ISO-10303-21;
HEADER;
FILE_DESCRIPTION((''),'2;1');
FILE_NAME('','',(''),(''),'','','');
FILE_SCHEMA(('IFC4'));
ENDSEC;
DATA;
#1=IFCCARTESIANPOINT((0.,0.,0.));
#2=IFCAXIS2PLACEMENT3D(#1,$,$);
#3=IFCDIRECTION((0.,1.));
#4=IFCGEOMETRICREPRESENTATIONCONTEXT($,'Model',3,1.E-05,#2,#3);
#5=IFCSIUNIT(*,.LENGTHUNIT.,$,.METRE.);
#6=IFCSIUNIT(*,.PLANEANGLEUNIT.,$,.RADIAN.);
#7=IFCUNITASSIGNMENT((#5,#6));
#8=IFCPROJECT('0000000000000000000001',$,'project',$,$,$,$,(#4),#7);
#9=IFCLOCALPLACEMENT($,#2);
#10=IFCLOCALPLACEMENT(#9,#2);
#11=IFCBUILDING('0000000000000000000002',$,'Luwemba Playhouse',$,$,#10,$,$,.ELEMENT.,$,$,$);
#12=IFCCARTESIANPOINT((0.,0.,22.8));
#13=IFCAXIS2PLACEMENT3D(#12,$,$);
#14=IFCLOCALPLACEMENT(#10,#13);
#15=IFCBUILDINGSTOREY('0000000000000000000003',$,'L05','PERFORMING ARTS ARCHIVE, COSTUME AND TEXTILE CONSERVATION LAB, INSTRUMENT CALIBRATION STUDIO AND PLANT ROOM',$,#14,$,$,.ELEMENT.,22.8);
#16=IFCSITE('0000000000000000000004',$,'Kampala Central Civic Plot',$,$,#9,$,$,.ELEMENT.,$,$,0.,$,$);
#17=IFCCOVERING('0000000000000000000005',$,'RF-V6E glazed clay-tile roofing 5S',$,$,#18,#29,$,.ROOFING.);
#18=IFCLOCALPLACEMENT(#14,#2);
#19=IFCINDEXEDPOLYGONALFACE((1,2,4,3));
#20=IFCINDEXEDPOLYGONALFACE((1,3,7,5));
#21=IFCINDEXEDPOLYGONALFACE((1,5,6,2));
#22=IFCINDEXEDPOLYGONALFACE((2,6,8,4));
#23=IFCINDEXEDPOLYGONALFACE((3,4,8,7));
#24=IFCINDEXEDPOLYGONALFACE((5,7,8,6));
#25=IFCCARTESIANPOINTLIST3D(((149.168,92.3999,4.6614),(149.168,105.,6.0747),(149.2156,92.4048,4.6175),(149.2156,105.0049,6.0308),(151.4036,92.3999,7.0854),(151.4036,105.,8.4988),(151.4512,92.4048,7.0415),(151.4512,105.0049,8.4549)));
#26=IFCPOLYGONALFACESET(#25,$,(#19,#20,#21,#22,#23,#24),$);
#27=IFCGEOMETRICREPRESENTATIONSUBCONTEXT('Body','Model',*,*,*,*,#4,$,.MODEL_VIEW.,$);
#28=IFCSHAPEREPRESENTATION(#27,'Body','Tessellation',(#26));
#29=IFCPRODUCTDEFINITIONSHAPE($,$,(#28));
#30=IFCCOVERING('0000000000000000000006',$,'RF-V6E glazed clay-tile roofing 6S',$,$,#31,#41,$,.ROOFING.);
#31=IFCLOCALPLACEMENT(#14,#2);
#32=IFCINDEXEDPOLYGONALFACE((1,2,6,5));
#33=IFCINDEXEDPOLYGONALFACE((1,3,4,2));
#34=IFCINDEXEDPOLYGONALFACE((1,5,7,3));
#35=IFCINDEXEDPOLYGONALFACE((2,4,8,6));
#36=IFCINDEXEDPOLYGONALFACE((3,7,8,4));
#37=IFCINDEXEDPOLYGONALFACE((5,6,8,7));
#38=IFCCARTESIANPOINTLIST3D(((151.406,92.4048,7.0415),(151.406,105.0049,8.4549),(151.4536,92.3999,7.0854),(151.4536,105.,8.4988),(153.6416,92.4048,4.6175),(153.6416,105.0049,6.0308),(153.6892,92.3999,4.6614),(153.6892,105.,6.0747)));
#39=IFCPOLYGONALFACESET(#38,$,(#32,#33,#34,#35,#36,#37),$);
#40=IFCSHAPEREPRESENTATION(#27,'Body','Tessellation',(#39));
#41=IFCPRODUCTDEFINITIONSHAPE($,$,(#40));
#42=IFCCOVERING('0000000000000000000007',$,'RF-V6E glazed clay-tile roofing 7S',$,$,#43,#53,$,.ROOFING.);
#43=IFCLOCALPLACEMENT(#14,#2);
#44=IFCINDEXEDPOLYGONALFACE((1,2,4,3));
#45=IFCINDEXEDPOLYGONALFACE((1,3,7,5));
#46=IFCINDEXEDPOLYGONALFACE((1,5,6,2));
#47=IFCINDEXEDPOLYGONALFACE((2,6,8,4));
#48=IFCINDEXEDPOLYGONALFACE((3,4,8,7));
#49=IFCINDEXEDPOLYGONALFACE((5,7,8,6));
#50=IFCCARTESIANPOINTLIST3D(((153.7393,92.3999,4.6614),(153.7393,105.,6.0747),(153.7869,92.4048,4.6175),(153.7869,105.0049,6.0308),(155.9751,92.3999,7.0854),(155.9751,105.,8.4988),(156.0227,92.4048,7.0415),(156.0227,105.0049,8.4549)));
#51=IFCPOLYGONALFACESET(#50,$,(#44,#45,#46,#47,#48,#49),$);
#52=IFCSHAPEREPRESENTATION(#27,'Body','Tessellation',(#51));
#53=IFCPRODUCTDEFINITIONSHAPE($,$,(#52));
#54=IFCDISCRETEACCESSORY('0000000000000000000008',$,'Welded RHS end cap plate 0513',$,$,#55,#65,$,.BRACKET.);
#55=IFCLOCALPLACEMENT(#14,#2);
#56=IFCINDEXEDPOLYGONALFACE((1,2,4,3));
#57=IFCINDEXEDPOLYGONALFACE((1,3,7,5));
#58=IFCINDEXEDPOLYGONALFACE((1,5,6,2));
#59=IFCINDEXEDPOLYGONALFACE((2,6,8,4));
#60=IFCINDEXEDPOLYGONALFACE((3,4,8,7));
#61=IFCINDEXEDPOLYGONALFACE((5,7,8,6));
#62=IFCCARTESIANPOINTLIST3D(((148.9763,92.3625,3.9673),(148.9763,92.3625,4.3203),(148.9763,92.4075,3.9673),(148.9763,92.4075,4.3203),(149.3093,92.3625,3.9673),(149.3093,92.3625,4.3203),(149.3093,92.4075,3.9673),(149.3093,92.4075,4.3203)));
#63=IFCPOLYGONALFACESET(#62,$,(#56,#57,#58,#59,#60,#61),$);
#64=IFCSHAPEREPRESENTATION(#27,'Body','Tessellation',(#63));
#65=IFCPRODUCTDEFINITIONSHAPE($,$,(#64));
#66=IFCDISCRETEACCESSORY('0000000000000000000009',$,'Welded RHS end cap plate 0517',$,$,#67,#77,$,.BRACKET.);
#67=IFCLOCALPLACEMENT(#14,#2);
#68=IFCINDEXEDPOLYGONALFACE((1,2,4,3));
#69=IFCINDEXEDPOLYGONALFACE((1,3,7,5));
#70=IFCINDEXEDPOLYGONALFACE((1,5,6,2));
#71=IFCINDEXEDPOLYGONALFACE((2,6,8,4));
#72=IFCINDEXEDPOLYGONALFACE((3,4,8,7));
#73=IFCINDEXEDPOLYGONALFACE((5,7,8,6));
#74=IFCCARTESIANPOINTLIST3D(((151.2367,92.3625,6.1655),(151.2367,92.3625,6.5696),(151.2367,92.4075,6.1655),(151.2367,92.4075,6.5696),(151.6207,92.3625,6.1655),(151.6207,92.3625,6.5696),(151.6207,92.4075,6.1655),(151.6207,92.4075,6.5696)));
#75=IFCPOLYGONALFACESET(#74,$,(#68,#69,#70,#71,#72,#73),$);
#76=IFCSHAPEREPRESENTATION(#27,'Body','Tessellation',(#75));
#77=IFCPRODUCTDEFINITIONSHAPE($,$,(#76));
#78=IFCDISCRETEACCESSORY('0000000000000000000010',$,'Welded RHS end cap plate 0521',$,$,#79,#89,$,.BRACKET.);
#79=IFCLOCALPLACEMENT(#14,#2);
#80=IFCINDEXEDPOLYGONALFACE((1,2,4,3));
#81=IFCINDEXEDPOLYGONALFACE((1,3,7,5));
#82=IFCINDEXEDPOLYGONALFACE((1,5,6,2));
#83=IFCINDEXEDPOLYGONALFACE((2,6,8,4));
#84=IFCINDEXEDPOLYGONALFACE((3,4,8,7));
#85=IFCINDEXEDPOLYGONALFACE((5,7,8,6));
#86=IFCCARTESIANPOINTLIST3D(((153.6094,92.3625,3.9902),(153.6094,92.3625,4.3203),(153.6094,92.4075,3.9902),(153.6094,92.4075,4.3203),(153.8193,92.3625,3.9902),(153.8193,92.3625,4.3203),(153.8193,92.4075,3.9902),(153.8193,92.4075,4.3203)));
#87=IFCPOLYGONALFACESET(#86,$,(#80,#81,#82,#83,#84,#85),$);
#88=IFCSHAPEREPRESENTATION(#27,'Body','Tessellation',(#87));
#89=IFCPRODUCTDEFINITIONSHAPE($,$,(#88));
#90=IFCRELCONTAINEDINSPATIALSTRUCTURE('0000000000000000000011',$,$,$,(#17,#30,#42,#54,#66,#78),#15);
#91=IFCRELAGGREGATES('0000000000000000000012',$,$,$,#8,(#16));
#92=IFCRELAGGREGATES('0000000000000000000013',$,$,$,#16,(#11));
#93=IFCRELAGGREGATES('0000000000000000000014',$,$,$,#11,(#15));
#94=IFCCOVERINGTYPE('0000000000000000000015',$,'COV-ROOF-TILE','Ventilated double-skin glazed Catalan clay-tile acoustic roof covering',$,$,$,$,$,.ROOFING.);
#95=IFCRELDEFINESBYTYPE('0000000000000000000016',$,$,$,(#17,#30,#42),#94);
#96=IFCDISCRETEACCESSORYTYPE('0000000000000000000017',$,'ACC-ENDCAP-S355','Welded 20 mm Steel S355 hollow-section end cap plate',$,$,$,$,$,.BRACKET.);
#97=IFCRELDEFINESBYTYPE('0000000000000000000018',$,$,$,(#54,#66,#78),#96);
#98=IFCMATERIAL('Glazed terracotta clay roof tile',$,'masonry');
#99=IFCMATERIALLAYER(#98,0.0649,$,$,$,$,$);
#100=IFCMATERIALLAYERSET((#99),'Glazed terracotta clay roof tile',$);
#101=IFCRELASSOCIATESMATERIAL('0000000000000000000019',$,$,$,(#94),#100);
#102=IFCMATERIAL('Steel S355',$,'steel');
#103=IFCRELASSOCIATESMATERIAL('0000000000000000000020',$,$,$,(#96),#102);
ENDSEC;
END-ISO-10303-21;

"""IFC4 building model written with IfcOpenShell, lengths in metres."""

from ifc_helpers import new_model, si_unit, direction, frame, origin, origin_2d, place, context, subcontext, project, spatial, polyline, rectangle, outline, extrude, material, layer, layer_set, type_object, element, save


model = new_model("IFC4")

# Units and contexts
model_context = context("Model", 3, precision=1e-05, world=origin(), true_north=direction((0.0, 1.0)))
body_context = subcontext(model_context, "Body", "Model", "MODEL_VIEW")
ifc_project = project(units=[si_unit("LENGTHUNIT", "METRE"), si_unit("PLANEANGLEUNIT", "RADIAN")], contexts=[model_context])

# Site, building, storey
site_placement = place(None, origin())
site = spatial("IfcSite", under=ifc_project, at=site_placement, Name="Kampala Central Civic Plot", CompositionType="ELEMENT", RefElevation=0.0)
building_placement = place(site_placement, origin())
building = spatial("IfcBuilding", under=site, at=building_placement, Name="Luwemba Playhouse", CompositionType="ELEMENT")
storey_placement = place(building_placement, frame((0.0, 0.0, 22.8)))
storey = spatial("IfcBuildingStorey", under=building, at=storey_placement, Name="L05", Description="PERFORMING ARTS ARCHIVE, COSTUME AND TEXTILE CONSERVATION LAB, INSTRUMENT CALIBRATION STUDIO AND PLANT ROOM", CompositionType="ELEMENT", Elevation=22.8)

# Shared definitions
ifc_material_1 = material(Name="Steel S355", Category="steel")

# Coverings
ifc_material_2 = material(Name="Glazed terracotta clay roof tile", Category="masonry")
ifc_layer_1 = layer(ifc_material_2, 0.0649)
ifc_layer_set_1 = layer_set([ifc_layer_1], Name="Glazed terracotta clay roof tile")
covering_type = type_object("IfcCoveringType", Name="COV-ROOF-TILE", Description="Ventilated double-skin glazed Catalan clay-tile acoustic roof covering", PredefinedType="ROOFING", material=ifc_layer_set_1)
covering_1_placement = place(storey_placement, frame((149.168, 92.3999, 4.6614), z_axis=(-0.732991, -0.075826, 0.675999), x_axis=(0.677951, 0.0, 0.735107)))
element("IfcCovering", 1, at=covering_1_placement, inside=storey, type_object=covering_type, Name="RF-V6E glazed clay-tile roofing 5S", PredefinedType="ROOFING", context=body_context, shape_type="SweptSolid", body=[
    extrude(outline(polyline([(0.0, 0.0), (3.2976, 0.0), (4.3365, 12.6365), (1.0389, 12.6365), (0.0, 0.0)])), origin(), (0.0, 0.0, -1.0), 0.0649),
])
covering_2_placement = place(storey_placement, frame((151.4536, 92.3999, 7.0854), z_axis=(0.732991, -0.075826, 0.675999), x_axis=(0.677951, 0.0, -0.735107)))
element("IfcCovering", 2, at=covering_2_placement, inside=storey, type_object=covering_type, Name="RF-V6E glazed clay-tile roofing 6S", PredefinedType="ROOFING", context=body_context, shape_type="SweptSolid", body=[
    extrude(outline(polyline([(0.0, 0.0), (3.2976, 0.0), (2.2586, 12.6365), (-1.0389, 12.6365), (0.0, 0.0)])), origin(), (0.0, 0.0, -1.0), 0.0649),
])
covering_3_placement = place(storey_placement, frame((153.7393, 92.3999, 4.6614), z_axis=(-0.732954, -0.07583, 0.676039), x_axis=(0.677991, 0.0, 0.73507)))
element("IfcCovering", 3, at=covering_3_placement, inside=storey, type_object=covering_type, Name="RF-V6E glazed clay-tile roofing 7S", PredefinedType="ROOFING", context=body_context, shape_type="SweptSolid", body=[
    extrude(outline(polyline([(0.0, 0.0), (3.2977, 0.0), (4.3366, 12.6365), (1.0389, 12.6365), (0.0, 0.0)])), origin(), (0.0, 0.0, -1.0), 0.0649),
])

# Discrete accessories
discrete_accessory_type = type_object("IfcDiscreteAccessoryType", Name="ACC-ENDCAP-S355", Description="Welded 20 mm Steel S355 hollow-section end cap plate", PredefinedType="BRACKET", material=ifc_material_1)
discrete_accessory_1_placement = place(storey_placement, frame((149.1428, 92.385, 3.9673), z_axis=(0.0, 0.0, 1.0), x_axis=(1.0, 0.0, 0.0)))
element("IfcDiscreteAccessory", 4, at=discrete_accessory_1_placement, inside=storey, type_object=discrete_accessory_type, Name="Welded RHS end cap plate 0513", PredefinedType="BRACKET", context=body_context, shape_type="SweptSolid", body=[
    extrude(rectangle(XDim=0.333, YDim=0.0449, at=origin_2d()), origin(), (0.0, 0.0, 1.0), 0.353),
])
discrete_accessory_2_placement = place(storey_placement, frame((151.4287, 92.385, 6.1655), z_axis=(0.0, 0.0, 1.0), x_axis=(1.0, 0.0, 0.0)))
element("IfcDiscreteAccessory", 5, at=discrete_accessory_2_placement, inside=storey, type_object=discrete_accessory_type, Name="Welded RHS end cap plate 0517", PredefinedType="BRACKET", context=body_context, shape_type="SweptSolid", body=[
    extrude(rectangle(XDim=0.384, YDim=0.0449, at=origin_2d()), origin(), (0.0, 0.0, 1.0), 0.4041),
])
discrete_accessory_3_placement = place(storey_placement, frame((153.7144, 92.385, 3.9902), z_axis=(0.0, 0.0, 1.0), x_axis=(1.0, 0.0, 0.0)))
element("IfcDiscreteAccessory", 6, at=discrete_accessory_3_placement, inside=storey, type_object=discrete_accessory_type, Name="Welded RHS end cap plate 0521", PredefinedType="BRACKET", context=body_context, shape_type="SweptSolid", body=[
    extrude(rectangle(XDim=0.21, YDim=0.0449, at=origin_2d()), origin(), (0.0, 0.0, 1.0), 0.3301),
])

save(model, "model.ifc")
